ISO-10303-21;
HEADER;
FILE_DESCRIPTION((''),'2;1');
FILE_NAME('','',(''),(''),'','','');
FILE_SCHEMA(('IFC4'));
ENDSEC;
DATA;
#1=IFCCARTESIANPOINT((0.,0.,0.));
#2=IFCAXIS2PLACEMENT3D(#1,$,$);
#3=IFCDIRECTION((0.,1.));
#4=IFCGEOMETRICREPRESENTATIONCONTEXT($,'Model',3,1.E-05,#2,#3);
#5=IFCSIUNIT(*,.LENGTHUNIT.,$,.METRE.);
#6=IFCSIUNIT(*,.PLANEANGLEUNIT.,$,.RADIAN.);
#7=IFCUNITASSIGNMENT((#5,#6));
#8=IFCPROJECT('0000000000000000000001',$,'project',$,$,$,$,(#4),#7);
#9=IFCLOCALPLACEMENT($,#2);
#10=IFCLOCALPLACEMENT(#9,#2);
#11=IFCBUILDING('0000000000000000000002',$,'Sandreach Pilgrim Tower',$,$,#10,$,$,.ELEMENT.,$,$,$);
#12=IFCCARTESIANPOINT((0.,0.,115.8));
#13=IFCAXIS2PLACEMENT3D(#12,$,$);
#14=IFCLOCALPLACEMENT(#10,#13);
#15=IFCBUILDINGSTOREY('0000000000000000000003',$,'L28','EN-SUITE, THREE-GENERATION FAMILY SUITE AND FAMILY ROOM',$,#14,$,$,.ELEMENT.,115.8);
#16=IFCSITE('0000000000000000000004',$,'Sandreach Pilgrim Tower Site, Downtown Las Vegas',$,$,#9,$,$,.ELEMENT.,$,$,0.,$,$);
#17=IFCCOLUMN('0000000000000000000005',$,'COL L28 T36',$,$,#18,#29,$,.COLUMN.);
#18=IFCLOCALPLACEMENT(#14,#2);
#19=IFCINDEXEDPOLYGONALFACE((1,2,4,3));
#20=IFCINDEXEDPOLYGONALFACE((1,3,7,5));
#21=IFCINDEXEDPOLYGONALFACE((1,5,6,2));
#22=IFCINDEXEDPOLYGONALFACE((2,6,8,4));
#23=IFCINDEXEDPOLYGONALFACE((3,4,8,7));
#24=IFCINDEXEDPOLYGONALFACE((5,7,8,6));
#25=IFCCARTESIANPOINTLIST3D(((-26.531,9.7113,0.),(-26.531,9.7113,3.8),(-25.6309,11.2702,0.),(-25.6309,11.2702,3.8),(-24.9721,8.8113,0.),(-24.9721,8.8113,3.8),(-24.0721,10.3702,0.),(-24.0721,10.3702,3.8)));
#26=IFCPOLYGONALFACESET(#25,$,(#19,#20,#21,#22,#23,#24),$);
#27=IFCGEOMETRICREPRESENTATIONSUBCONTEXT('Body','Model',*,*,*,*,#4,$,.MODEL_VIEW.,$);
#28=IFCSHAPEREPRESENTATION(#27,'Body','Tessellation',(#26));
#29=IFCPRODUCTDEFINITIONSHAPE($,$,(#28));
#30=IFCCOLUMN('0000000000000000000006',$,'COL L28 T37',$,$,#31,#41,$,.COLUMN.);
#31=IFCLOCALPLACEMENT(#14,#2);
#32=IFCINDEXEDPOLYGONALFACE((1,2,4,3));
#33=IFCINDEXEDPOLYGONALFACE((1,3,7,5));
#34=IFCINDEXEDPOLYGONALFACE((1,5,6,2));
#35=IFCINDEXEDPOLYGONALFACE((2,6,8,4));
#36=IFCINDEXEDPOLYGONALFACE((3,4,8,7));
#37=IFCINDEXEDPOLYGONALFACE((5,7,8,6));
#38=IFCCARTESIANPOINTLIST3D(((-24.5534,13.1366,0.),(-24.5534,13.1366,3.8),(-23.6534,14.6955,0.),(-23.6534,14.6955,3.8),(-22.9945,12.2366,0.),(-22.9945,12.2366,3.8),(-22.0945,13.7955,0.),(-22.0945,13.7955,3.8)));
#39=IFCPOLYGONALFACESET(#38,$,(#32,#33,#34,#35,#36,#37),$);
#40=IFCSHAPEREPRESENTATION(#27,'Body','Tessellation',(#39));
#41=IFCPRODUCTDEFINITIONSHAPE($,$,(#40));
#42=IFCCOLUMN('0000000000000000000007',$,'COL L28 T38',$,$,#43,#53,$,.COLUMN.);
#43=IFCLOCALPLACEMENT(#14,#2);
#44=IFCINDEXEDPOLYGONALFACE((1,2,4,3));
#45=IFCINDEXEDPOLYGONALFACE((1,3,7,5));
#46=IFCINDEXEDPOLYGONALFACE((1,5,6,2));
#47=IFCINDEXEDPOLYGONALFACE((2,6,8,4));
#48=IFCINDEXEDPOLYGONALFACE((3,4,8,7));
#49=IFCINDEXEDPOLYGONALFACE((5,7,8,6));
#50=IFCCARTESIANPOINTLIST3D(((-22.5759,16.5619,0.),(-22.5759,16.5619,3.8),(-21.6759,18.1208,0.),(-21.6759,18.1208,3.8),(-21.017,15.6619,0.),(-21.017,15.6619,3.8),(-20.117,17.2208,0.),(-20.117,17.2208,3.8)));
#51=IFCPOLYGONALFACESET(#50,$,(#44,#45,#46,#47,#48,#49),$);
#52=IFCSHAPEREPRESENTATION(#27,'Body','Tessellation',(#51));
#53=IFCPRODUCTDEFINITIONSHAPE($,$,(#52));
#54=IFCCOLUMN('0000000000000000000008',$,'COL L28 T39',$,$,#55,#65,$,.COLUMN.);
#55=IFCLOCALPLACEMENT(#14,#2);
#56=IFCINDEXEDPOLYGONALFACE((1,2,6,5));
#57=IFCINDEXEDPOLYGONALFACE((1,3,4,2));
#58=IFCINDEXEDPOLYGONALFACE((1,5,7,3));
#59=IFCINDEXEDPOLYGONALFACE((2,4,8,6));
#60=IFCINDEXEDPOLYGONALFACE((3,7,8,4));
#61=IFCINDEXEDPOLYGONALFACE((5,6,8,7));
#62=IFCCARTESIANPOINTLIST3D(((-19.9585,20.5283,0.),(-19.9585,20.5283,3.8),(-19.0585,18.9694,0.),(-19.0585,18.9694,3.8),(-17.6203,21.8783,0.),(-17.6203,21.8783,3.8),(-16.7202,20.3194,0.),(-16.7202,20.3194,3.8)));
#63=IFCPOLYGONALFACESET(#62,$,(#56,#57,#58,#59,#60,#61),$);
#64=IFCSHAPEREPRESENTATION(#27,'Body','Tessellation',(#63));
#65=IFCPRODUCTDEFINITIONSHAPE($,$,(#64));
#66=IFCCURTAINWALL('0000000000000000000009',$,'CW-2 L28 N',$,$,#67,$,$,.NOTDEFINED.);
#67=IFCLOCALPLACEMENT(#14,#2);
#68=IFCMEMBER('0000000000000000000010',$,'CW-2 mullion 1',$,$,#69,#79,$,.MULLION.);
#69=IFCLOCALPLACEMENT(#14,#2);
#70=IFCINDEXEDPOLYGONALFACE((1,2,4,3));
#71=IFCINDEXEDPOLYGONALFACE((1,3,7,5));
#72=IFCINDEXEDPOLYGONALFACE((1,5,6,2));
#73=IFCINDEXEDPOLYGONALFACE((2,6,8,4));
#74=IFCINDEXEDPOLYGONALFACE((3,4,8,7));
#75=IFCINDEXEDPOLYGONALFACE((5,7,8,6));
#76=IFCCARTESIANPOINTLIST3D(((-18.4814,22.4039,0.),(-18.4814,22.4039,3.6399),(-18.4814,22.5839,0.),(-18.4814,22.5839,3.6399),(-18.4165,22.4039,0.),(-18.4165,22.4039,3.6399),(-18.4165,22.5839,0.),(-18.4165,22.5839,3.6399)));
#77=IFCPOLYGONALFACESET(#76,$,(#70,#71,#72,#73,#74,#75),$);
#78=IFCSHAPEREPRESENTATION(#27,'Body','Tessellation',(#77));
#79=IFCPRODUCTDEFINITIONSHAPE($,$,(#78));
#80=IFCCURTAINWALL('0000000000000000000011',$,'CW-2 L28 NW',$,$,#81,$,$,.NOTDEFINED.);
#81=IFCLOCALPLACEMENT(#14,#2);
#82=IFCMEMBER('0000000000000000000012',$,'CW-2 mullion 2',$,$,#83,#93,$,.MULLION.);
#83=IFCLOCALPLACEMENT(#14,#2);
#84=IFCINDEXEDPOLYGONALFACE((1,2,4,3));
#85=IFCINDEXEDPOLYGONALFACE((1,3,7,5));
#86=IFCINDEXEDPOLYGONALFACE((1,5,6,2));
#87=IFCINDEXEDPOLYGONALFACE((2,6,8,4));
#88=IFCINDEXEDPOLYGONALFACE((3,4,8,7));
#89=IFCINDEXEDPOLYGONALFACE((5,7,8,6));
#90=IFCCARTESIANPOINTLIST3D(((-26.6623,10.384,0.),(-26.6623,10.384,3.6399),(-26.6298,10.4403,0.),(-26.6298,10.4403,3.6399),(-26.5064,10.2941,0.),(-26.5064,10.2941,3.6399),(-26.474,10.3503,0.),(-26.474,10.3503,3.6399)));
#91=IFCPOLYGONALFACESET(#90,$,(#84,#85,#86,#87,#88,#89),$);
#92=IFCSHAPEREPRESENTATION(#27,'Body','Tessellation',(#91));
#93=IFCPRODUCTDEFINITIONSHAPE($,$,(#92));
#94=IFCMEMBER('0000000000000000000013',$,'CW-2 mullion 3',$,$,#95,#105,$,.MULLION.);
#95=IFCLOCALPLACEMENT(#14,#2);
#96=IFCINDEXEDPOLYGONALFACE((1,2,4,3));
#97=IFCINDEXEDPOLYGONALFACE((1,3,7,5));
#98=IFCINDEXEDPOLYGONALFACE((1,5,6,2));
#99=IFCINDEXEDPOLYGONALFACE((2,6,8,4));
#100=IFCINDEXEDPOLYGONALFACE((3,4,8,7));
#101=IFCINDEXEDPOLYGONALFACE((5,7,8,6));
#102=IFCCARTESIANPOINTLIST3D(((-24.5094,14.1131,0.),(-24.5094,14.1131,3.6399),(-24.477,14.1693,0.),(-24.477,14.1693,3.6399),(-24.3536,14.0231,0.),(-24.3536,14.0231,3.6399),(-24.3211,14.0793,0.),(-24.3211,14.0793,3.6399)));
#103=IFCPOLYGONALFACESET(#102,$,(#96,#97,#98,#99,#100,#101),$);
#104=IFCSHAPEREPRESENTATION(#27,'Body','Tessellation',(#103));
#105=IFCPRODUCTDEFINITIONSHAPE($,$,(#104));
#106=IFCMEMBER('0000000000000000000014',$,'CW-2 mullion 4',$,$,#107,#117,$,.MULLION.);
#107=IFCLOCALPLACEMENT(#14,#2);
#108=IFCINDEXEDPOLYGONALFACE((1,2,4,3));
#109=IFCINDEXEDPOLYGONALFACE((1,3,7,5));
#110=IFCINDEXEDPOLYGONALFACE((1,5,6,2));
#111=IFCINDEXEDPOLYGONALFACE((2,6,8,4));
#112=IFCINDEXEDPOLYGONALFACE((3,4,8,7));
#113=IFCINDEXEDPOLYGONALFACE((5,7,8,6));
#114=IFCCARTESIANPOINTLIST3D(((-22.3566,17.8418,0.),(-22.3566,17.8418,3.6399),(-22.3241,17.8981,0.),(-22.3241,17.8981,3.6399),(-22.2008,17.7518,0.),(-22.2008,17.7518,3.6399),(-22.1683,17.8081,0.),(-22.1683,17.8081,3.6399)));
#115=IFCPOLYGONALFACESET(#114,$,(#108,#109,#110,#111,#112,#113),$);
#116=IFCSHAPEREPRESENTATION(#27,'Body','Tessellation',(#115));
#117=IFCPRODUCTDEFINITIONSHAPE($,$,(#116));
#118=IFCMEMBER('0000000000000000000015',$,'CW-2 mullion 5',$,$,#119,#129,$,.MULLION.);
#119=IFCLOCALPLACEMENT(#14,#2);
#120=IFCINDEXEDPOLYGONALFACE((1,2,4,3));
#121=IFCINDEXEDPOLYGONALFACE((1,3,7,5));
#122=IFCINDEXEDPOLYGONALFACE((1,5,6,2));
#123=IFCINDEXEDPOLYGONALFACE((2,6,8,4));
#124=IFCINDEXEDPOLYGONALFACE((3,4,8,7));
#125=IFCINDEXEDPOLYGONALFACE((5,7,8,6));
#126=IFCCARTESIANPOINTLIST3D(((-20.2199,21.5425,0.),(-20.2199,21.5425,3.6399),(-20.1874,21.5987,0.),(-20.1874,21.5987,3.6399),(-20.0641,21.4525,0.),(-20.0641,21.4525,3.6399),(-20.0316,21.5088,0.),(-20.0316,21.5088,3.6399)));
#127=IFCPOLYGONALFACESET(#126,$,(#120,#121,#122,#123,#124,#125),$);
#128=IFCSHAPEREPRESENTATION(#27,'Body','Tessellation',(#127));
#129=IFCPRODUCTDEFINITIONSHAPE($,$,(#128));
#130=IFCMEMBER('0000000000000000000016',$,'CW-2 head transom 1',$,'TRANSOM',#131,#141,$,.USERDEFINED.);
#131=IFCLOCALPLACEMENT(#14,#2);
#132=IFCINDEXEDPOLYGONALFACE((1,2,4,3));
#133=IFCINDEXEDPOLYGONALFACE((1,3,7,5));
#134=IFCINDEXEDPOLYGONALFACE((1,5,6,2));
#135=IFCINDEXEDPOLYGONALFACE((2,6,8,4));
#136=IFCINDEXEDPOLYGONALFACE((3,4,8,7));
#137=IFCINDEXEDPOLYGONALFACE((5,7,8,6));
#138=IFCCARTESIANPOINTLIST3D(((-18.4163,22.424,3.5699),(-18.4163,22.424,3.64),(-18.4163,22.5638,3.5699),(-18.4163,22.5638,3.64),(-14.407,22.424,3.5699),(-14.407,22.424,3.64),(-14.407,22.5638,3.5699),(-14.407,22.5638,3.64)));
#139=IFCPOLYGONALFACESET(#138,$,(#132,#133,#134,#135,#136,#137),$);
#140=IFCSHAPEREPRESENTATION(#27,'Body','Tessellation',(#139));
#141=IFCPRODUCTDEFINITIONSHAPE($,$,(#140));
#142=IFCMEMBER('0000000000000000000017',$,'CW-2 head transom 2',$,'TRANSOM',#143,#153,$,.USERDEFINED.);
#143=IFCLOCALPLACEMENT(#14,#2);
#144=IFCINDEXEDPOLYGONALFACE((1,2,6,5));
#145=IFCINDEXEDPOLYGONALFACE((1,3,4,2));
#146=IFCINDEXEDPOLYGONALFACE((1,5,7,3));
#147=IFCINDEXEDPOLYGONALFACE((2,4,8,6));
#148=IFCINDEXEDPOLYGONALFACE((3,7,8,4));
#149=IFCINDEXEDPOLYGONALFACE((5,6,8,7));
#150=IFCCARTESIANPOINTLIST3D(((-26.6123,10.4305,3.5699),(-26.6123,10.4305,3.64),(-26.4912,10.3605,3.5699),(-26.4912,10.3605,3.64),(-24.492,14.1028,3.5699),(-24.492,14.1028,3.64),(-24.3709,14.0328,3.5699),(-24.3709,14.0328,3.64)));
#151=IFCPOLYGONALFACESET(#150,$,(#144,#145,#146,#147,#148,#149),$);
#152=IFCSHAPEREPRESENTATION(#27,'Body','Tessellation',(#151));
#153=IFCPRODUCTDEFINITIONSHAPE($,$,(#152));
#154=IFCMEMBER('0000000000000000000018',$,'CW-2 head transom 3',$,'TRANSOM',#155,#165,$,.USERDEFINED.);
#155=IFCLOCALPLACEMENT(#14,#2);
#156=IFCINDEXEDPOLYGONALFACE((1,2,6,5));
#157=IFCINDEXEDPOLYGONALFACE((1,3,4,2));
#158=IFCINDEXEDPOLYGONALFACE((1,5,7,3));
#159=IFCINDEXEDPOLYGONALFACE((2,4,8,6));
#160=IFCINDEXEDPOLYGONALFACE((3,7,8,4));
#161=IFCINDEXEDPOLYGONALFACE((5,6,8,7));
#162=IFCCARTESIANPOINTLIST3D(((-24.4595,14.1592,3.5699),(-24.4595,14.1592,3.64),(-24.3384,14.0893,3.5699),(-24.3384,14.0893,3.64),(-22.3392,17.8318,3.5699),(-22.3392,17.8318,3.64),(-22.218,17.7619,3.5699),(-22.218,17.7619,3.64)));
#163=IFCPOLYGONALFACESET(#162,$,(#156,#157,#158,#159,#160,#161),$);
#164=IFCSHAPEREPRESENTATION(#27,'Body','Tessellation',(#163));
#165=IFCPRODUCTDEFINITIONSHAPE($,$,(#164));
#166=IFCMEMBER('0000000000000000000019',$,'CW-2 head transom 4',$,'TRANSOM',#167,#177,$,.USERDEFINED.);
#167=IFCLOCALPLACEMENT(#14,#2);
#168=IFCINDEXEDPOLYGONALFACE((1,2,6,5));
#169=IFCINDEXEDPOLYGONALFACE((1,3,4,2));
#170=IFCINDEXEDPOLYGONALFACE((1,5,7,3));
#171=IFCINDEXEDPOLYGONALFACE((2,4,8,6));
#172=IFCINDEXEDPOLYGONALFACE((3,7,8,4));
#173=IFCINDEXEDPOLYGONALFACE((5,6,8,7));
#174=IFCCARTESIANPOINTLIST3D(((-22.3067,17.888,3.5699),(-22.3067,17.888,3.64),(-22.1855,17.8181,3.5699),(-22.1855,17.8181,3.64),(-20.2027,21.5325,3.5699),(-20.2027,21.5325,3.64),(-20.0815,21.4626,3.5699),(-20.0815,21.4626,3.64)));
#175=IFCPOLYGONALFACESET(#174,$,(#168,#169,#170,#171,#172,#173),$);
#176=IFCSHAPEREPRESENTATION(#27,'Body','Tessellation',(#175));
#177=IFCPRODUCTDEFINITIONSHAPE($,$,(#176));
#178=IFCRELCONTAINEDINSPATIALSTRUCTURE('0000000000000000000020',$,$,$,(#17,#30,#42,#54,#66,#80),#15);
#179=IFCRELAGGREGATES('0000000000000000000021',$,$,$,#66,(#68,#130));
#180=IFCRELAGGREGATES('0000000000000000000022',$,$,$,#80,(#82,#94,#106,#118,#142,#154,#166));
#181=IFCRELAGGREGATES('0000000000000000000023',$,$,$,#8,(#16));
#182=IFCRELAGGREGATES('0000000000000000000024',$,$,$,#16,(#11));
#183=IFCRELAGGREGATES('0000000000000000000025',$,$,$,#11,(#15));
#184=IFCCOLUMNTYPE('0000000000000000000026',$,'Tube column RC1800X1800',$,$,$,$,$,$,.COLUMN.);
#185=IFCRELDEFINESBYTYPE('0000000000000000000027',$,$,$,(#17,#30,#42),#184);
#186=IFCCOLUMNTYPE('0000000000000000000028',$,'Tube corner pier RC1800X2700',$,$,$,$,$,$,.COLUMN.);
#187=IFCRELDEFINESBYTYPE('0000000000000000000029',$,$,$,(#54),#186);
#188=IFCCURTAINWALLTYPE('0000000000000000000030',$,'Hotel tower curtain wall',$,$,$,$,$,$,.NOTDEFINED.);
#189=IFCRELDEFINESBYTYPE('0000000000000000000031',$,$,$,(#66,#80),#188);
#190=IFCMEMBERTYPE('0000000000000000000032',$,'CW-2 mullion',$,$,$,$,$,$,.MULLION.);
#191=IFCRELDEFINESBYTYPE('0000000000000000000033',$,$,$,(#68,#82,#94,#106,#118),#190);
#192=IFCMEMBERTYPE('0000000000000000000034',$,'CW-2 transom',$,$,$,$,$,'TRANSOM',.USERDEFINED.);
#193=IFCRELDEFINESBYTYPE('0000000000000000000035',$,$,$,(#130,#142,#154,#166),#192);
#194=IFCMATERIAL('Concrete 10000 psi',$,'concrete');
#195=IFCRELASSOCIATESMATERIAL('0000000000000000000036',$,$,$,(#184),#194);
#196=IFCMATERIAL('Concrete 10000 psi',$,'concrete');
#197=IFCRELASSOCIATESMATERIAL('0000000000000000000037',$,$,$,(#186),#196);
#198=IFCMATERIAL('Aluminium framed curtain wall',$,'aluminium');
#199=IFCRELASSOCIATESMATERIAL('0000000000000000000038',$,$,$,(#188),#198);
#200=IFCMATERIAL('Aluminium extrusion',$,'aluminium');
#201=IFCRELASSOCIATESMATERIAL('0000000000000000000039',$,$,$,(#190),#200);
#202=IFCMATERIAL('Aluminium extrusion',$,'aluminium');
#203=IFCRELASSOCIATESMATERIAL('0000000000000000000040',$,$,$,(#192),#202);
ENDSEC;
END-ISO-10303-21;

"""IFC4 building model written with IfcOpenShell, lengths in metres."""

from ifc_helpers import new_model, si_unit, direction, frame, origin, origin_2d, place, context, subcontext, project, spatial, rectangle, extrude, material, material_profile, profile_set, type_object, element, aggregate, save


model = new_model("IFC4")

# Units and contexts
model_context = context("Model", 3, precision=1e-05, world=origin(), true_north=direction((0.0, 1.0)))
body_context = subcontext(model_context, "Body", "Model", "MODEL_VIEW")
ifc_project = project(units=[si_unit("LENGTHUNIT", "METRE"), si_unit("PLANEANGLEUNIT", "RADIAN")], contexts=[model_context])

# Site, building, storey
site_placement = place(None, origin())
site = spatial("IfcSite", under=ifc_project, at=site_placement, Name="Sandreach Pilgrim Tower Site, Downtown Las Vegas", CompositionType="ELEMENT", RefElevation=0.0)
building_placement = place(site_placement, origin())
building = spatial("IfcBuilding", under=site, at=building_placement, Name="Sandreach Pilgrim Tower", CompositionType="ELEMENT")
storey_placement = place(building_placement, frame((0.0, 0.0, 115.8)))
storey = spatial("IfcBuildingStorey", under=building, at=storey_placement, Name="L28", Description="EN-SUITE, THREE-GENERATION FAMILY SUITE AND FAMILY ROOM", CompositionType="ELEMENT", Elevation=115.8)

# Columns
ifc_material_1 = material(Name="Concrete 10000 psi", Category="concrete")
ifc_material_profile_1 = material_profile(ifc_material_1, rectangle(XDim=1.8, YDim=1.8, at=origin_2d()), Name="RC1800X1800")
ifc_profile_set_1 = profile_set([ifc_material_profile_1], Name="Concrete 10000 psi")
column_type_1 = type_object("IfcColumnType", Name="Tube column RC1800X1800", PredefinedType="COLUMN", material=ifc_profile_set_1)
for number, where, z_axis, x_axis, name in (
    (1, (-25.3015, 10.0408, 0.0), (0.0, 0.0, 1.0), (-0.866025, 0.5, 0.0), "COL L28 T36"),
    (2, (-23.324, 13.4661, 0.0), (0.0, 0.0, 1.0), (-0.866025, 0.5, 0.0), "COL L28 T37"),
    (3, (-21.3464, 16.8914, 0.0), (0.0, 0.0, 1.0), (-0.866025, 0.5, 0.0), "COL L28 T38"),
):
    element("IfcColumn", number, at=place(storey_placement, frame(where, z_axis=z_axis, x_axis=x_axis)), inside=storey, type_object=column_type_1, Name=name, PredefinedType="COLUMN", context=body_context, shape_type="SweptSolid", body=[
        extrude(rectangle(XDim=1.8, YDim=1.8, at=origin_2d()), origin(), (0.0, 0.0, 1.0), 3.8),
    ])
ifc_material_2 = material(Name="Concrete 10000 psi", Category="concrete")
ifc_material_profile_2 = material_profile(ifc_material_2, rectangle(XDim=1.8, YDim=2.7, at=origin_2d()), Name="RC1800X2700")
ifc_profile_set_2 = profile_set([ifc_material_profile_2], Name="Concrete 10000 psi")
column_type_2 = type_object("IfcColumnType", Name="Tube corner pier RC1800X2700", PredefinedType="COLUMN", material=ifc_profile_set_2)
column_placement = place(storey_placement, frame((-18.3394, 20.4238, 0.0), z_axis=(0.0, 0.0, 1.0), x_axis=(-0.5, 0.866025, 0.0)))
element("IfcColumn", 4, at=column_placement, inside=storey, type_object=column_type_2, Name="COL L28 T39", PredefinedType="COLUMN", context=body_context, shape_type="SweptSolid", body=[
    extrude(rectangle(XDim=1.8, YDim=2.7, at=origin_2d()), origin(), (0.0, 0.0, 1.0), 3.8),
])

# Curtain wall, member
ifc_material_3 = material(Name="Aluminium framed curtain wall", Category="aluminium")
curtain_wall_type = type_object("IfcCurtainWallType", Name="Hotel tower curtain wall", PredefinedType="NOTDEFINED", material=ifc_material_3)
curtain_wall_1_placement = place(storey_placement, origin())
curtain_wall_1 = element("IfcCurtainWall", 5, at=curtain_wall_1_placement, inside=storey, type_object=curtain_wall_type, Name="CW-2 L28 N", PredefinedType="NOTDEFINED")
ifc_material_4 = material(Name="Aluminium extrusion", Category="aluminium")
ifc_material_profile_3 = material_profile(ifc_material_4, rectangle(XDim=0.0649, YDim=0.1799, at=origin_2d()), Name="CW-2M 65X180")
ifc_profile_set_3 = profile_set([ifc_material_profile_3], Name="Aluminium extrusion")
member_type_1 = type_object("IfcMemberType", Name="CW-2 mullion", PredefinedType="MULLION", material=ifc_profile_set_3)
member_1_placement = place(storey_placement, frame((-18.449, 22.4939, 0.0), z_axis=(0.0, 0.0, 1.0), x_axis=(1.0, 0.0, 0.0)))
member_1 = element("IfcMember", 6, at=member_1_placement, type_object=member_type_1, Name="CW-2 mullion 1", PredefinedType="MULLION", context=body_context, shape_type="SweptSolid", body=[
    extrude(rectangle(XDim=0.0649, YDim=0.1799, at=origin_2d()), origin(), (0.0, 0.0, 1.0), 3.6399),
])

# Curtain wall, members
curtain_wall_2_placement = place(storey_placement, origin())
curtain_wall_2 = element("IfcCurtainWall", 7, at=curtain_wall_2_placement, inside=storey, type_object=curtain_wall_type, Name="CW-2 L28 NW", PredefinedType="NOTDEFINED")
member_2_placement = place(storey_placement, frame((-26.5681, 10.3672, 0.0), z_axis=(0.0, 0.0, 1.0), x_axis=(0.5, 0.866025, 0.0)))
member_2 = element("IfcMember", 8, at=member_2_placement, type_object=member_type_1, Name="CW-2 mullion 2", PredefinedType="MULLION", context=body_context, shape_type="SweptSolid", body=[
    extrude(rectangle(XDim=0.0649, YDim=0.1799, at=origin_2d()), origin(), (0.0, 0.0, 1.0), 3.6399),
])
member_3_placement = place(storey_placement, frame((-24.4153, 14.0962, 0.0), z_axis=(0.0, 0.0, 1.0), x_axis=(0.5, 0.866025, 0.0)))
member_3 = element("IfcMember", 9, at=member_3_placement, type_object=member_type_1, Name="CW-2 mullion 3", PredefinedType="MULLION", context=body_context, shape_type="SweptSolid", body=[
    extrude(rectangle(XDim=0.0649, YDim=0.1799, at=origin_2d()), origin(), (0.0, 0.0, 1.0), 3.6399),
])
member_4_placement = place(storey_placement, frame((-22.2625, 17.825, 0.0), z_axis=(0.0, 0.0, 1.0), x_axis=(0.5, 0.866025, 0.0)))
member_4 = element("IfcMember", 10, at=member_4_placement, type_object=member_type_1, Name="CW-2 mullion 4", PredefinedType="MULLION", context=body_context, shape_type="SweptSolid", body=[
    extrude(rectangle(XDim=0.0649, YDim=0.1799, at=origin_2d()), origin(), (0.0, 0.0, 1.0), 3.6399),
])
member_5_placement = place(storey_placement, frame((-20.1257, 21.5256, 0.0), z_axis=(0.0, 0.0, 1.0), x_axis=(0.5, 0.866025, 0.0)))
member_5 = element("IfcMember", 11, at=member_5_placement, type_object=member_type_1, Name="CW-2 mullion 5", PredefinedType="MULLION", context=body_context, shape_type="SweptSolid", body=[
    extrude(rectangle(XDim=0.0649, YDim=0.1799, at=origin_2d()), origin(), (0.0, 0.0, 1.0), 3.6399),
])

# Members
ifc_material_5 = material(Name="Aluminium extrusion", Category="aluminium")
ifc_material_profile_4 = material_profile(ifc_material_5, rectangle(XDim=0.1399, YDim=0.0701, at=origin_2d()), Name="CW-2T 140X70")
ifc_profile_set_4 = profile_set([ifc_material_profile_4], Name="Aluminium extrusion")
member_type_2 = type_object("IfcMemberType", Name="CW-2 transom", ElementType="TRANSOM", PredefinedType="USERDEFINED", material=ifc_profile_set_4)
member_6_placement = place(storey_placement, frame((-18.4163, 22.4939, 3.605), z_axis=(1.0, 0.0, 0.0), x_axis=(0.0, 1.0, 0.0)))
member_6 = element("IfcMember", 12, at=member_6_placement, type_object=member_type_2, Name="CW-2 head transom 1", ObjectType="TRANSOM", PredefinedType="USERDEFINED", context=body_context, shape_type="SweptSolid", body=[
    extrude(rectangle(XDim=0.1399, YDim=0.0701, at=origin_2d()), origin(), (0.0, 0.0, 1.0), 4.0093),
])
aggregate(curtain_wall_1, [member_1, member_6])
member_7_placement = place(storey_placement, frame((-26.5518, 10.3955, 3.605), z_axis=(0.500021, 0.866013, 0.0), x_axis=(-0.866013, 0.500021, 0.0)))
member_7 = element("IfcMember", 13, at=member_7_placement, type_object=member_type_2, Name="CW-2 head transom 2", ObjectType="TRANSOM", PredefinedType="USERDEFINED", context=body_context, shape_type="SweptSolid", body=[
    extrude(rectangle(XDim=0.1399, YDim=0.0701, at=origin_2d()), origin(), (0.0, 0.0, 1.0), 4.2405),
])
member_8_placement = place(storey_placement, frame((-24.3989, 14.1243, 3.605), z_axis=(0.499997, 0.866027, 0.0), x_axis=(-0.866027, 0.499997, 0.0)))
member_8 = element("IfcMember", 14, at=member_8_placement, type_object=member_type_2, Name="CW-2 head transom 3", ObjectType="TRANSOM", PredefinedType="USERDEFINED", context=body_context, shape_type="SweptSolid", body=[
    extrude(rectangle(XDim=0.1399, YDim=0.0701, at=origin_2d()), origin(), (0.0, 0.0, 1.0), 4.2407),
])
member_9_placement = place(storey_placement, frame((-22.2461, 17.853, 3.605), z_axis=(0.49997, 0.866043, 0.0), x_axis=(-0.866043, 0.49997, 0.0)))
member_9 = element("IfcMember", 15, at=member_9_placement, type_object=member_type_2, Name="CW-2 head transom 4", ObjectType="TRANSOM", PredefinedType="USERDEFINED", context=body_context, shape_type="SweptSolid", body=[
    extrude(rectangle(XDim=0.1399, YDim=0.0701, at=origin_2d()), origin(), (0.0, 0.0, 1.0), 4.2083),
])

aggregate(curtain_wall_2, [member_2, member_3, member_4, member_5, member_7, member_8, member_9])

save(model, "model.ifc")
